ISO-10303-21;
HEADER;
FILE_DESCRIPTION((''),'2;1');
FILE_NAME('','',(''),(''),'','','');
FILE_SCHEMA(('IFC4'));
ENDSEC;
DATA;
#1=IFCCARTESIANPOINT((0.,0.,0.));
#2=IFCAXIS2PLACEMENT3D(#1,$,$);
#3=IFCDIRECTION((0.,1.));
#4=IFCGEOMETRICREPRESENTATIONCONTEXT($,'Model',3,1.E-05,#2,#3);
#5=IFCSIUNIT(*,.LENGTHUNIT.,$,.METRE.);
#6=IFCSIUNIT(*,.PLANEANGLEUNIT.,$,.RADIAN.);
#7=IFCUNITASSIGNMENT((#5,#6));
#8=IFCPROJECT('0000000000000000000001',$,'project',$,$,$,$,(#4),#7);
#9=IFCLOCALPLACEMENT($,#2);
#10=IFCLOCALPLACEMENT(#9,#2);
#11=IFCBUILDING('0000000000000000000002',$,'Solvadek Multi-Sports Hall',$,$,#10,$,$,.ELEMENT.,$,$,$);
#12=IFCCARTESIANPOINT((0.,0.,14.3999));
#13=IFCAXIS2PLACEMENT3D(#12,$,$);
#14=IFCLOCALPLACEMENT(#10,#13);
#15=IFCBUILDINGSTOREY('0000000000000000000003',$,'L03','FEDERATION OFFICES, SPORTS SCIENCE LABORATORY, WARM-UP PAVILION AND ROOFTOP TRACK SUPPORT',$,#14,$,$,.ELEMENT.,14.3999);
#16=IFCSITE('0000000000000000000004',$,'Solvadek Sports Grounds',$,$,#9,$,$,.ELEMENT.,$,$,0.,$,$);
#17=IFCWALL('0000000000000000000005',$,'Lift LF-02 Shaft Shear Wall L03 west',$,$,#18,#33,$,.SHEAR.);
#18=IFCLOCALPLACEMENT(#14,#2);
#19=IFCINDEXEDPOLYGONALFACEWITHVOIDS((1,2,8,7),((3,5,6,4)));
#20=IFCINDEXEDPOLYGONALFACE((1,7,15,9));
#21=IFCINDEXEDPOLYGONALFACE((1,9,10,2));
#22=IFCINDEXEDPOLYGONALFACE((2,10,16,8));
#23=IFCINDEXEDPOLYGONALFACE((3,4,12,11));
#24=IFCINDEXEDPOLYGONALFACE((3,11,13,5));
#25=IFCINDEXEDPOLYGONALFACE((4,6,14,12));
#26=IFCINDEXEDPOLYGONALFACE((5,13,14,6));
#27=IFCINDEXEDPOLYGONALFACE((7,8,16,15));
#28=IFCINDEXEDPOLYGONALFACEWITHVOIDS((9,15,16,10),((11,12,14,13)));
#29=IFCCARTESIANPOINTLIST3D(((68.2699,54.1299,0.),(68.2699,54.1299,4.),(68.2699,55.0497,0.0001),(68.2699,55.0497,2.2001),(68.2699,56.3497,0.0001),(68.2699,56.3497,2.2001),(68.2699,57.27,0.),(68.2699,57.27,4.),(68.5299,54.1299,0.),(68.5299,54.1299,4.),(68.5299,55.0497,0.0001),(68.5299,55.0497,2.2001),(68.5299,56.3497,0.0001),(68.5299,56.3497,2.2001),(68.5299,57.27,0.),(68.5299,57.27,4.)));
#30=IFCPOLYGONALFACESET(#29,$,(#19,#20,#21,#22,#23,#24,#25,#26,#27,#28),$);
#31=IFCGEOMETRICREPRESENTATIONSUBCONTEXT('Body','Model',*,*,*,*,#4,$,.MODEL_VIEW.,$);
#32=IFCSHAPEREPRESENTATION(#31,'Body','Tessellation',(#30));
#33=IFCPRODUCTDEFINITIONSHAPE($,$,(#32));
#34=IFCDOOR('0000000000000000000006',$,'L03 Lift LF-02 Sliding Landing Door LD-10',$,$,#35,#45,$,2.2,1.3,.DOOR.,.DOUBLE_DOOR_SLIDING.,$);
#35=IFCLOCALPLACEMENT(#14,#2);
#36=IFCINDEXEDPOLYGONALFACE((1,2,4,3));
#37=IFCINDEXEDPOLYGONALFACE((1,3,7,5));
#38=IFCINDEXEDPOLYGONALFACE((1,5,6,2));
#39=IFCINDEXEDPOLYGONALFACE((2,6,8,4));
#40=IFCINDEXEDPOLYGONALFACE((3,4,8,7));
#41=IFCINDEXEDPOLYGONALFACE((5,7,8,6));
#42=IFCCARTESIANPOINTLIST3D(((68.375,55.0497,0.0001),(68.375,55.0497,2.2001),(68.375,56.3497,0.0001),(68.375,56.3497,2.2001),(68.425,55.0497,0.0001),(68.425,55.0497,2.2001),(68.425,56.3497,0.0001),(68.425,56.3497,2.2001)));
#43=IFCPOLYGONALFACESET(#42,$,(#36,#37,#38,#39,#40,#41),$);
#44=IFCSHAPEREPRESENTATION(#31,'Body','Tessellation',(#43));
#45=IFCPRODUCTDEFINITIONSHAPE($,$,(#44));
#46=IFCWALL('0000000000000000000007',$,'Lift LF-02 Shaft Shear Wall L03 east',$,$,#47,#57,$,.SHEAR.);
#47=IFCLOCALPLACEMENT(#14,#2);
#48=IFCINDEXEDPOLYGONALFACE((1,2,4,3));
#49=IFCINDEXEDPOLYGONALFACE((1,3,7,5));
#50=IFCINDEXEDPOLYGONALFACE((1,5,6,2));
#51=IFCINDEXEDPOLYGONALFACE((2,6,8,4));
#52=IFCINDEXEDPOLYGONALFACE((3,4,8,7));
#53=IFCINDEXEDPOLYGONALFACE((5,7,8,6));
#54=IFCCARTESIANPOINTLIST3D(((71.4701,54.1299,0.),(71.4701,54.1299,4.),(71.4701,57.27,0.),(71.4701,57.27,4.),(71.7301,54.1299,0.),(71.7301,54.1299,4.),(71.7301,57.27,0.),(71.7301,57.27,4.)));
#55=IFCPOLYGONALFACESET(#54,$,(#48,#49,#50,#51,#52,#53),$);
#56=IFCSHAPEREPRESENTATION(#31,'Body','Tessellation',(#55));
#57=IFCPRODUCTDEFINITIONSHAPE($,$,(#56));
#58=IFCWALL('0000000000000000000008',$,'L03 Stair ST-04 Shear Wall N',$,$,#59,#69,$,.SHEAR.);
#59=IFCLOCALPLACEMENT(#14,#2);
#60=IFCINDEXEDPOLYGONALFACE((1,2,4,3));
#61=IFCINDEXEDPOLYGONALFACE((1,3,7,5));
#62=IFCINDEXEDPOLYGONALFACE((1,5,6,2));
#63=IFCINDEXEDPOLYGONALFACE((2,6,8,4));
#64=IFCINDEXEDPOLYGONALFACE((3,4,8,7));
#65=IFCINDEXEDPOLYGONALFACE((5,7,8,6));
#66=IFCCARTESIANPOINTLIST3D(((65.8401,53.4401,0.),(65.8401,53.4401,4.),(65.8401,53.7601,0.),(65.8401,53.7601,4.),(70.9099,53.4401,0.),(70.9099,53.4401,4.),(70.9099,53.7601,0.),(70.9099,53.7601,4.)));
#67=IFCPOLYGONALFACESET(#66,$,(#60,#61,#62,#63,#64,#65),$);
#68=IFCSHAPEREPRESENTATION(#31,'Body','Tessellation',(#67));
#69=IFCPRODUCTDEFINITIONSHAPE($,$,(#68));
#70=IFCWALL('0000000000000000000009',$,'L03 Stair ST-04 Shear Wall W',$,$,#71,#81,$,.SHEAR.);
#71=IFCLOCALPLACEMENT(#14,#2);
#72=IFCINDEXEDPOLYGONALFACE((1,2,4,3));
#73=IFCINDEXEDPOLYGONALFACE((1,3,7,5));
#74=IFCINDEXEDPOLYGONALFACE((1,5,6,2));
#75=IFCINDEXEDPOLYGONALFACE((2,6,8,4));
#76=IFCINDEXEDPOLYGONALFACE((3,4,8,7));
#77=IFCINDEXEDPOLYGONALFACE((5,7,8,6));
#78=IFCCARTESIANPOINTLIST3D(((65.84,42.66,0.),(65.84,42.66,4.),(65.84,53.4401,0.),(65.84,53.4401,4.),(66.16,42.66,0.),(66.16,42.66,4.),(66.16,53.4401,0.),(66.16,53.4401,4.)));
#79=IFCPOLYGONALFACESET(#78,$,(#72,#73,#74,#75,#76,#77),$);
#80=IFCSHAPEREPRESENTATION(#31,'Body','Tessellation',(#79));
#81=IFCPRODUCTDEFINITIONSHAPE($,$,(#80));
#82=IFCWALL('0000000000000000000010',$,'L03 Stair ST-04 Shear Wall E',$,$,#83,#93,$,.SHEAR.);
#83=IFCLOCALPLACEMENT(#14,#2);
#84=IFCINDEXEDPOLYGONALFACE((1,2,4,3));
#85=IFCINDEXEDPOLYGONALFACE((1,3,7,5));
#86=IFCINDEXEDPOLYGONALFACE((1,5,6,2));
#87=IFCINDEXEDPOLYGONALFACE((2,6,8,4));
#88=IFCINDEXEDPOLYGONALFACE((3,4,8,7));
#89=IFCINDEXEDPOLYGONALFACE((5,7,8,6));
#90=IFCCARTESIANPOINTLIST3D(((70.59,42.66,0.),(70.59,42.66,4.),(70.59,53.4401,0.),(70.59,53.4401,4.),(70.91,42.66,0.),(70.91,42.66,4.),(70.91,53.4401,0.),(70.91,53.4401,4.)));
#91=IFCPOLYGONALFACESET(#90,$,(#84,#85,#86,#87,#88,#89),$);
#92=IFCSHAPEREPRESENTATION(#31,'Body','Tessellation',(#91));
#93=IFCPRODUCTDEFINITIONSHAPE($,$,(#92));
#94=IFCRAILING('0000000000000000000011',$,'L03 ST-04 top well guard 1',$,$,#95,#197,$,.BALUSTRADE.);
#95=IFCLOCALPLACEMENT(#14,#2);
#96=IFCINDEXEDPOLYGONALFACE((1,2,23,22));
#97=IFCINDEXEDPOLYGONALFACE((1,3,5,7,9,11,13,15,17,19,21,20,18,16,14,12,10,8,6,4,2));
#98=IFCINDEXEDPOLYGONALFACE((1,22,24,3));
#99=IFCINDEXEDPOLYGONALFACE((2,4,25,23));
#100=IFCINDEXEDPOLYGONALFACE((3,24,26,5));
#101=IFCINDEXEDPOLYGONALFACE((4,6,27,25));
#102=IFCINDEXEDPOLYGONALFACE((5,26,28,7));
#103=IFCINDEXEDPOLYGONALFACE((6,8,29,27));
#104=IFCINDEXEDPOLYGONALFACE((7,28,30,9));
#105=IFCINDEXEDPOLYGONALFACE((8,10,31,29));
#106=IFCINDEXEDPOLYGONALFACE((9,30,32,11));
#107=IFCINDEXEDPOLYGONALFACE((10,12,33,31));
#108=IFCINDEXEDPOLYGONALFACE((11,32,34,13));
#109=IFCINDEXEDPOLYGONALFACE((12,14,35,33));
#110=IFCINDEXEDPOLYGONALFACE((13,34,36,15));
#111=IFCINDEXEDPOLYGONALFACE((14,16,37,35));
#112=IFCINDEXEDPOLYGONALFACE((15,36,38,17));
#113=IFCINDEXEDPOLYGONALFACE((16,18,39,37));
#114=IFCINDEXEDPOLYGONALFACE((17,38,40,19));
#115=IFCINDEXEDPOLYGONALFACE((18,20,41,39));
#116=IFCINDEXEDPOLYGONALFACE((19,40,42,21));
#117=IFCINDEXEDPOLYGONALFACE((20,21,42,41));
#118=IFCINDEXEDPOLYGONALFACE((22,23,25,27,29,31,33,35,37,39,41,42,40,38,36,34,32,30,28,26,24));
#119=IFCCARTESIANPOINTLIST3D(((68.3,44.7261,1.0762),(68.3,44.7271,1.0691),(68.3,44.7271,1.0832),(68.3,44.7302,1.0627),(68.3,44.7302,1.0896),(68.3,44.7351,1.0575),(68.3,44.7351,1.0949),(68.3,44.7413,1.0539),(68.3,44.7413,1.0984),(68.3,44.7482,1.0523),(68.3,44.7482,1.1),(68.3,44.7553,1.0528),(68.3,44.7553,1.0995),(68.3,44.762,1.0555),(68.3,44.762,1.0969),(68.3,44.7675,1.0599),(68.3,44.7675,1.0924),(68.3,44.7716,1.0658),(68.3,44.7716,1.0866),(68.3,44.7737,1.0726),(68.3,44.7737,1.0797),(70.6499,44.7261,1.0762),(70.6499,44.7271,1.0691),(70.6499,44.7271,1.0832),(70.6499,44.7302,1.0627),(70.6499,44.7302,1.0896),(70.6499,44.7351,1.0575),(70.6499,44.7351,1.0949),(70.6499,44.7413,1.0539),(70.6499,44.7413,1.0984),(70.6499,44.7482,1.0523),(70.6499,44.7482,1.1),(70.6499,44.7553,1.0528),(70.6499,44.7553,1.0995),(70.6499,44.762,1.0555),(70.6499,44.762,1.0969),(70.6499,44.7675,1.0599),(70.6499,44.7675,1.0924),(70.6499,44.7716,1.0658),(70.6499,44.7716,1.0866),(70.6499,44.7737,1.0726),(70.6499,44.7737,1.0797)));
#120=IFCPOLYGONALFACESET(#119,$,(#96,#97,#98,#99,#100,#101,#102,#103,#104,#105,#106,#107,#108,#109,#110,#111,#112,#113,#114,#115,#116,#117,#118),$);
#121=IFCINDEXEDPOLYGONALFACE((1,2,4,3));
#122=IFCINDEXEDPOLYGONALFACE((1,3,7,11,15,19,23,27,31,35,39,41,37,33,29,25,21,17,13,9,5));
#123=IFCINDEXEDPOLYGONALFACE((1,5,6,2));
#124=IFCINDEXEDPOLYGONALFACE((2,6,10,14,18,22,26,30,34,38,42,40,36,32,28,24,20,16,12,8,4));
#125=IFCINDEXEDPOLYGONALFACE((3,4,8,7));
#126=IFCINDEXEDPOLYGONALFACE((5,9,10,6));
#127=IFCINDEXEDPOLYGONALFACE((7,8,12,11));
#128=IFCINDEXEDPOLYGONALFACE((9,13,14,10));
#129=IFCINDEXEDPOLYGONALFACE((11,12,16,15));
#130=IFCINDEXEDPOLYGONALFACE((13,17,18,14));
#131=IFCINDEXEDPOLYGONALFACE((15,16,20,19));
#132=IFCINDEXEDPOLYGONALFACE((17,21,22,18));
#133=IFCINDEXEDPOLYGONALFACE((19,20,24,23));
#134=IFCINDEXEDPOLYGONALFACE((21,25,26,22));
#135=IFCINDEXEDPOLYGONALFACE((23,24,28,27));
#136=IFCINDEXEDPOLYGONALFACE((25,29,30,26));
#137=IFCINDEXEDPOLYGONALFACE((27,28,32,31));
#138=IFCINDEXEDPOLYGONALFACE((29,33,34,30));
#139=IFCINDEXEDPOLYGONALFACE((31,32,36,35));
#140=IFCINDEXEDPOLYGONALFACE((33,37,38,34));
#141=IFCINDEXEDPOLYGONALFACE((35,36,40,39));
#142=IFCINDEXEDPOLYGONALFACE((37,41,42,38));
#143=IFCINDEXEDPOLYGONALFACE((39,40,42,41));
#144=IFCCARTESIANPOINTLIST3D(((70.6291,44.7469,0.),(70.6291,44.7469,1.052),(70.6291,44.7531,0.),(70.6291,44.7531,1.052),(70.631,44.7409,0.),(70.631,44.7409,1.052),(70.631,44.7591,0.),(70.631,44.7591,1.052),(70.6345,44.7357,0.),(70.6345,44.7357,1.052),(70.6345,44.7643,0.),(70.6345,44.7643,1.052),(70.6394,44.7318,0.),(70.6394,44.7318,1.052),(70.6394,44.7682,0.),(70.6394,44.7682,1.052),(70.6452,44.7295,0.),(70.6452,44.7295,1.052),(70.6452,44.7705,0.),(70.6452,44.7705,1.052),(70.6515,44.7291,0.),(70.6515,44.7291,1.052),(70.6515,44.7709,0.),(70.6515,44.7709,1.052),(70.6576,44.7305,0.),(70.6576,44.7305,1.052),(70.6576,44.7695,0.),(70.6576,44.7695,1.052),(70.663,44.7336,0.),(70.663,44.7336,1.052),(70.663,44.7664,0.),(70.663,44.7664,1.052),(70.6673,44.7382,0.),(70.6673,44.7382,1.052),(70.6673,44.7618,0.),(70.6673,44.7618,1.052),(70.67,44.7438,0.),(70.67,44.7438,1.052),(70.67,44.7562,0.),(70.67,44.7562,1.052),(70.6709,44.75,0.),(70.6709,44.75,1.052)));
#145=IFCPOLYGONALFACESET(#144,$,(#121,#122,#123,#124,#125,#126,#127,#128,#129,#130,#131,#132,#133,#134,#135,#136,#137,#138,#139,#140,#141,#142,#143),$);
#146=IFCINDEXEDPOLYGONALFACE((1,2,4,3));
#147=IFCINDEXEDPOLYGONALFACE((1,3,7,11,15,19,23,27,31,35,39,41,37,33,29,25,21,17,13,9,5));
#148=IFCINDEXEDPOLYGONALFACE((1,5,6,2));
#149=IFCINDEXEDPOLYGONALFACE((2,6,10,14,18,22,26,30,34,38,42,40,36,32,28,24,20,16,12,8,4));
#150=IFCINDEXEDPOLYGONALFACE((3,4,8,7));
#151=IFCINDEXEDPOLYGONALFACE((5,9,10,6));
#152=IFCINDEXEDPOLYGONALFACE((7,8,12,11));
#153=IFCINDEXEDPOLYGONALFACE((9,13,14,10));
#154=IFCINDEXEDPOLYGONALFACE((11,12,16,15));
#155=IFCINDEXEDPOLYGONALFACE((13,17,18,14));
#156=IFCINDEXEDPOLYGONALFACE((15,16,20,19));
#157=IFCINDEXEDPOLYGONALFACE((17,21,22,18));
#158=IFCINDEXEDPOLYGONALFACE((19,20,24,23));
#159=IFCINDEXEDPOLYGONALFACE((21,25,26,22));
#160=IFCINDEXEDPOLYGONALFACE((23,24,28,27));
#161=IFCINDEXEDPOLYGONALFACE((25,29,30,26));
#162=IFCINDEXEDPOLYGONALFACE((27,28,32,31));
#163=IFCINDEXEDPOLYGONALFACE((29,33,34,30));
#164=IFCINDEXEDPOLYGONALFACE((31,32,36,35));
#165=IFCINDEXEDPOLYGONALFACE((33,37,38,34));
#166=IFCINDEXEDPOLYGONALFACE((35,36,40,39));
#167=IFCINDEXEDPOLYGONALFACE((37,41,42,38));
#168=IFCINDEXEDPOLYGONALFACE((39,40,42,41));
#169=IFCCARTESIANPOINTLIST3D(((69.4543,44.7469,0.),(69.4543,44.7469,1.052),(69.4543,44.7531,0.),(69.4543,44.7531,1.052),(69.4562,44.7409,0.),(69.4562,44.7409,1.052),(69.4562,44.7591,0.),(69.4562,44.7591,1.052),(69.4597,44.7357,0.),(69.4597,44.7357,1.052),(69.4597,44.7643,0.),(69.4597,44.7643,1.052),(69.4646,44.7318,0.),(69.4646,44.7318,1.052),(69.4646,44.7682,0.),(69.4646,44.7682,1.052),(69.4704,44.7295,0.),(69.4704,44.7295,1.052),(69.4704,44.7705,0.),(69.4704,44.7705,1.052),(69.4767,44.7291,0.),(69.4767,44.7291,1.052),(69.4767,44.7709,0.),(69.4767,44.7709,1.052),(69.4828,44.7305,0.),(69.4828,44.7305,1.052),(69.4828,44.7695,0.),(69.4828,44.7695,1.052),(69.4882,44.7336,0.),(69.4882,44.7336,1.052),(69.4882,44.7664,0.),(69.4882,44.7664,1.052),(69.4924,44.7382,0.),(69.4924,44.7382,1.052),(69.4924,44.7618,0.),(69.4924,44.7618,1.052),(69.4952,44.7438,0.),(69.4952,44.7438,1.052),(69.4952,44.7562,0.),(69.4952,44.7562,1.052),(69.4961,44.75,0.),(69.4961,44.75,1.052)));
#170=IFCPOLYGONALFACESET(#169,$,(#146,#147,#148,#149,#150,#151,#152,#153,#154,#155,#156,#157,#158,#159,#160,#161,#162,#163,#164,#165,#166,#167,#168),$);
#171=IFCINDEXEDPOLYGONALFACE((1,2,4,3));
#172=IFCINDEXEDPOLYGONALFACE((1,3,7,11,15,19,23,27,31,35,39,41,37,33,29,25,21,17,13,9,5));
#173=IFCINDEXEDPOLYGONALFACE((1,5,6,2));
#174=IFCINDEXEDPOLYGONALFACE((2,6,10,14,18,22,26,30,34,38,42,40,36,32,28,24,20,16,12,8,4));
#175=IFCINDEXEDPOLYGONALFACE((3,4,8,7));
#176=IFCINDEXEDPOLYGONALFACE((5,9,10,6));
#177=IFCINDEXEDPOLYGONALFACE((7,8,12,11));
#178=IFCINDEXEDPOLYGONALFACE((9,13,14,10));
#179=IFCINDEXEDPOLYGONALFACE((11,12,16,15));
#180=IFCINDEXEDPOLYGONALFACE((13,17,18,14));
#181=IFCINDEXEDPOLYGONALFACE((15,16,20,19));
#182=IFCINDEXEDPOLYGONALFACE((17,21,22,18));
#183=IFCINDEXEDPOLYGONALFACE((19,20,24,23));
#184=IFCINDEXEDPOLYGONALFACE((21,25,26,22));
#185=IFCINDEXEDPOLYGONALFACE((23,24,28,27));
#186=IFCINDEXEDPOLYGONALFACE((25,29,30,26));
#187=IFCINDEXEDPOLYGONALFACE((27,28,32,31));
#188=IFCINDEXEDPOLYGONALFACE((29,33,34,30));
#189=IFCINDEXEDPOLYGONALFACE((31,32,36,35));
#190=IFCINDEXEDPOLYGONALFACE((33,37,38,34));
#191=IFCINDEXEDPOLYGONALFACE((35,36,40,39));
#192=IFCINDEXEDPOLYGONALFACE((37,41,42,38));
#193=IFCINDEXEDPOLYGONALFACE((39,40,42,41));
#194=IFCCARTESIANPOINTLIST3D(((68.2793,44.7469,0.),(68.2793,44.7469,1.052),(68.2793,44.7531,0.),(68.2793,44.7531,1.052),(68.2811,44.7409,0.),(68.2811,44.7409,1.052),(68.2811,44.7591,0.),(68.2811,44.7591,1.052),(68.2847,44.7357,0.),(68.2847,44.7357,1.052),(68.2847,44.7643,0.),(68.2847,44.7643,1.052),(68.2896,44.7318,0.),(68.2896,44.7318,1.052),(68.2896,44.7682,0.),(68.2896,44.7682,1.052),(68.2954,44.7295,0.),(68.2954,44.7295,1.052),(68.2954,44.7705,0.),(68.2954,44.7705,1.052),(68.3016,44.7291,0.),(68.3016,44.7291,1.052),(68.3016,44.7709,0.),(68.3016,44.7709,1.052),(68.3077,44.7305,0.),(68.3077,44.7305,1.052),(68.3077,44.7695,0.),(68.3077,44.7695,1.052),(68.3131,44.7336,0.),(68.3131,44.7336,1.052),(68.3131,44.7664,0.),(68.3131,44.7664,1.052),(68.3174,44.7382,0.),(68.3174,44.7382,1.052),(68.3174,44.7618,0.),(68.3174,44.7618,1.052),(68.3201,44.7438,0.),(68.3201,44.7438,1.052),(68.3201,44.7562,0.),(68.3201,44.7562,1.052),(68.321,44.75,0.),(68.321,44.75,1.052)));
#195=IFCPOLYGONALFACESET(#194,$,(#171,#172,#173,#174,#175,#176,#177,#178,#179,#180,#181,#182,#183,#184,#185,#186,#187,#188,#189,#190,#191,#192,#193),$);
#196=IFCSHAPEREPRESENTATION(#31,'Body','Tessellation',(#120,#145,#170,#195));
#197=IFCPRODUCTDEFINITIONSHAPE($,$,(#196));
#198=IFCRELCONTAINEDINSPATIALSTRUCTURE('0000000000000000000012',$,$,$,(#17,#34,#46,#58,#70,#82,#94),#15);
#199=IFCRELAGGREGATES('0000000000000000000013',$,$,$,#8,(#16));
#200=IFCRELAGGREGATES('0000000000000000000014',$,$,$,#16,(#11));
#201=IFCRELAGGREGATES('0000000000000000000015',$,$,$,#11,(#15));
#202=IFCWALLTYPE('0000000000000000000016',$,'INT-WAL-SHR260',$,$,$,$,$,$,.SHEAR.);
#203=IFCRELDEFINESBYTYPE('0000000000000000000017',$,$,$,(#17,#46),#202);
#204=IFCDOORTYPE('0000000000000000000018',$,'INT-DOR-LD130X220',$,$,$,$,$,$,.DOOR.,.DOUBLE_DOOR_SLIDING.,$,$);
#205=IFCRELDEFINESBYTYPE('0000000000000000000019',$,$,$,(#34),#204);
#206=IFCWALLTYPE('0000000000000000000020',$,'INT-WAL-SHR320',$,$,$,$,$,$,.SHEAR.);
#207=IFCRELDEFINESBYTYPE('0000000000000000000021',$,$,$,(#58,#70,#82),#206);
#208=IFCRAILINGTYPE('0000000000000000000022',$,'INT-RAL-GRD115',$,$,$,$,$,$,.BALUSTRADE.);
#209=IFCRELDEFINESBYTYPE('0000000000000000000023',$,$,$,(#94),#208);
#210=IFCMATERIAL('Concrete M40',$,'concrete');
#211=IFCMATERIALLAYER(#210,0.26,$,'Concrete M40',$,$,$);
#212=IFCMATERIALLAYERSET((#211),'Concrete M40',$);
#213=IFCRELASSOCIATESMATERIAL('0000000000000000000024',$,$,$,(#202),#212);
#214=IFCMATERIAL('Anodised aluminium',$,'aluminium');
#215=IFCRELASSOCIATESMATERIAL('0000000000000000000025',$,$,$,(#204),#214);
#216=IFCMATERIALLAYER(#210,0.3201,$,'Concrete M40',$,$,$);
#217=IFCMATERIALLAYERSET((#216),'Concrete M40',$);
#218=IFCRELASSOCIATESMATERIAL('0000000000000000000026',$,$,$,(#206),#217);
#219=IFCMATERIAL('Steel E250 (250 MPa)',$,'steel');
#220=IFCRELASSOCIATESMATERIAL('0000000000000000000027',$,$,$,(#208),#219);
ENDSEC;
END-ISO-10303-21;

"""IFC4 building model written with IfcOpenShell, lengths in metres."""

from ifc_helpers import new_model, si_unit, direction, frame, frame_2d, origin, origin_2d, place, context, subcontext, project, spatial, rectangle, circle, extrude, material, layer, layer_set, type_object, element, fill, save


model = new_model("IFC4")

# Units and contexts
model_context = context("Model", 3, precision=1e-05, world=origin(), true_north=direction((0.0, 1.0)))
body_context = subcontext(model_context, "Body", "Model", "MODEL_VIEW")
ifc_project = project(units=[si_unit("LENGTHUNIT", "METRE"), si_unit("PLANEANGLEUNIT", "RADIAN")], contexts=[model_context])

# Site, building, storey
site_placement = place(None, origin())
site = spatial("IfcSite", under=ifc_project, at=site_placement, Name="Solvadek Sports Grounds", CompositionType="ELEMENT", RefElevation=0.0)
building_placement = place(site_placement, origin())
building = spatial("IfcBuilding", under=site, at=building_placement, Name="Solvadek Multi-Sports Hall", CompositionType="ELEMENT")
storey_placement = place(building_placement, frame((0.0, 0.0, 14.3999)))
storey = spatial("IfcBuildingStorey", under=building, at=storey_placement, Name="L03", Description="FEDERATION OFFICES, SPORTS SCIENCE LABORATORY, WARM-UP PAVILION AND ROOFTOP TRACK SUPPORT", CompositionType="ELEMENT", Elevation=14.3999)

# Shared definitions
ifc_material_1 = material(Name="Concrete M40", Category="concrete")
ifc_layer_1 = layer(ifc_material_1, 0.26, Name="Concrete M40")
ifc_layer_set_1 = layer_set([ifc_layer_1], Name="Concrete M40")
wall_type_1 = type_object("IfcWallType", Name="INT-WAL-SHR260", PredefinedType="SHEAR", material=ifc_layer_set_1)

# Wall, opening, door
wall_1_placement = place(storey_placement, frame((68.3999, 54.1299, 0.0), z_axis=(0.0, 0.0, 1.0), x_axis=(0.0, 1.0, 0.0)))
wall_1 = element("IfcWall", 1, at=wall_1_placement, inside=storey, type_object=wall_type_1, Name="Lift LF-02 Shaft Shear Wall L03 west", PredefinedType="SHEAR", context=body_context, shape_type="SweptSolid", body=[
    extrude(rectangle(XDim=3.1401, YDim=0.26, at=frame_2d((1.5701, 0.0))), origin(), (0.0, 0.0, 1.0), 4.0),
])
opening_1_placement = place(wall_1_placement, frame((0.9199, 0.0, 0.0)))
opening_1 = element("IfcOpeningElement", 2, at=opening_1_placement, cuts=wall_1, PredefinedType="OPENING", context=body_context, shape_type="SweptSolid", body=[
    extrude(rectangle(XDim=1.3, YDim=2.2, at=frame_2d((0.6499, 1.1001))), frame((0.0, 0.1399, 0.0), z_axis=(0.0, -1.0, 0.0), x_axis=(1.0, 0.0, 0.0)), (0.0, 0.0, 1.0), 0.28),
])
ifc_material_2 = material(Name="Anodised aluminium", Category="aluminium")
door_type_1 = type_object("IfcDoorType", Name="INT-DOR-LD130X220", OperationType="DOUBLE_DOOR_SLIDING", PredefinedType="DOOR", material=ifc_material_2)
door_1_placement = place(opening_1_placement, origin())
door_1 = element("IfcDoor", 3, at=door_1_placement, inside=storey, type_object=door_type_1, Name="L03 Lift LF-02 Sliding Landing Door LD-10", OperationType="DOUBLE_DOOR_SLIDING", OverallHeight=2.2, OverallWidth=1.3, PredefinedType="DOOR", context=body_context, shape_type="SweptSolid", body=[
    extrude(rectangle(XDim=1.3, YDim=2.2, at=frame_2d((0.6499, 1.1001))), frame((0.0, 0.0249, 0.0), z_axis=(0.0, -1.0, 0.0), x_axis=(1.0, 0.0, 0.0)), (0.0, 0.0, 1.0), 0.05),
])
fill(opening_1, door_1)

# Wall
wall_2_placement = place(storey_placement, frame((71.6001, 54.1299, 0.0), z_axis=(0.0, 0.0, 1.0), x_axis=(0.0, 1.0, 0.0)))
element("IfcWall", 4, at=wall_2_placement, inside=storey, type_object=wall_type_1, Name="Lift LF-02 Shaft Shear Wall L03 east", PredefinedType="SHEAR", context=body_context, shape_type="SweptSolid", body=[
    extrude(rectangle(XDim=3.1401, YDim=0.26, at=frame_2d((1.5701, 0.0))), origin(), (0.0, 0.0, 1.0), 4.0),
])

# Shared definitions
ifc_layer_2 = layer(ifc_material_1, 0.3201, Name="Concrete M40")
ifc_layer_set_2 = layer_set([ifc_layer_2], Name="Concrete M40")
wall_type_2 = type_object("IfcWallType", Name="INT-WAL-SHR320", PredefinedType="SHEAR", material=ifc_layer_set_2)
ifc_material_3 = material(Name="Steel E250 (250 MPa)", Category="steel")

# Walls
wall_3_placement = place(storey_placement, frame((65.8401, 53.6001, 0.0), z_axis=(0.0, 0.0, 1.0), x_axis=(1.0, 0.0, 0.0)))
element("IfcWall", 5, at=wall_3_placement, inside=storey, type_object=wall_type_2, Name="L03 Stair ST-04 Shear Wall N", PredefinedType="SHEAR", context=body_context, shape_type="SweptSolid", body=[
    extrude(rectangle(XDim=5.0698, YDim=0.3201, at=frame_2d((2.5349, 0.0))), origin(), (0.0, 0.0, 1.0), 4.0),
])
for number, where, z_axis, x_axis, name in (
    (6, (66.0, 42.6599, 0.0), (0.0, 0.0, 1.0), (0.0, 1.0, 0.0), "L03 Stair ST-04 Shear Wall W"),
    (7, (70.75, 42.6599, 0.0), (0.0, 0.0, 1.0), (0.0, 1.0, 0.0), "L03 Stair ST-04 Shear Wall E"),
):
    element("IfcWall", number, at=place(storey_placement, frame(where, z_axis=z_axis, x_axis=x_axis)), inside=storey, type_object=wall_type_2, Name=name, PredefinedType="SHEAR", context=body_context, shape_type="SweptSolid", body=[
        extrude(rectangle(XDim=10.78, YDim=0.3201, at=frame_2d((5.3901, 0.0))), origin(), (0.0, 0.0, 1.0), 4.0),
    ])

# Railing
railing_type = type_object("IfcRailingType", Name="INT-RAL-GRD115", PredefinedType="BALUSTRADE", material=ifc_material_3)
railing_placement = place(storey_placement, frame((70.6499, 44.75, 0.0)))
element("IfcRailing", 8, at=railing_placement, inside=storey, type_object=railing_type, Name="L03 ST-04 top well guard 1", PredefinedType="BALUSTRADE", context=body_context, shape_type="SweptSolid", body=[
    extrude(circle(Radius=0.0239, at=origin_2d()), frame((0.0, 0.0, 1.0762), z_axis=(-1.0, 0.0, 0.0), x_axis=(0.0, -1.0, 0.0)), (0.0, 0.0, 1.0), 2.3499),
    extrude(circle(Radius=0.021, at=origin_2d()), origin(), (0.0, 0.0, 1.0), 1.052),
    extrude(circle(Radius=0.021, at=origin_2d()), frame((-1.1748, 0.0, 0.0)), (0.0, 0.0, 1.0), 1.052),
    extrude(circle(Radius=0.021, at=origin_2d()), frame((-2.3499, 0.0, 0.0)), (0.0, 0.0, 1.0), 1.052),
])

save(model, "model.ifc")
